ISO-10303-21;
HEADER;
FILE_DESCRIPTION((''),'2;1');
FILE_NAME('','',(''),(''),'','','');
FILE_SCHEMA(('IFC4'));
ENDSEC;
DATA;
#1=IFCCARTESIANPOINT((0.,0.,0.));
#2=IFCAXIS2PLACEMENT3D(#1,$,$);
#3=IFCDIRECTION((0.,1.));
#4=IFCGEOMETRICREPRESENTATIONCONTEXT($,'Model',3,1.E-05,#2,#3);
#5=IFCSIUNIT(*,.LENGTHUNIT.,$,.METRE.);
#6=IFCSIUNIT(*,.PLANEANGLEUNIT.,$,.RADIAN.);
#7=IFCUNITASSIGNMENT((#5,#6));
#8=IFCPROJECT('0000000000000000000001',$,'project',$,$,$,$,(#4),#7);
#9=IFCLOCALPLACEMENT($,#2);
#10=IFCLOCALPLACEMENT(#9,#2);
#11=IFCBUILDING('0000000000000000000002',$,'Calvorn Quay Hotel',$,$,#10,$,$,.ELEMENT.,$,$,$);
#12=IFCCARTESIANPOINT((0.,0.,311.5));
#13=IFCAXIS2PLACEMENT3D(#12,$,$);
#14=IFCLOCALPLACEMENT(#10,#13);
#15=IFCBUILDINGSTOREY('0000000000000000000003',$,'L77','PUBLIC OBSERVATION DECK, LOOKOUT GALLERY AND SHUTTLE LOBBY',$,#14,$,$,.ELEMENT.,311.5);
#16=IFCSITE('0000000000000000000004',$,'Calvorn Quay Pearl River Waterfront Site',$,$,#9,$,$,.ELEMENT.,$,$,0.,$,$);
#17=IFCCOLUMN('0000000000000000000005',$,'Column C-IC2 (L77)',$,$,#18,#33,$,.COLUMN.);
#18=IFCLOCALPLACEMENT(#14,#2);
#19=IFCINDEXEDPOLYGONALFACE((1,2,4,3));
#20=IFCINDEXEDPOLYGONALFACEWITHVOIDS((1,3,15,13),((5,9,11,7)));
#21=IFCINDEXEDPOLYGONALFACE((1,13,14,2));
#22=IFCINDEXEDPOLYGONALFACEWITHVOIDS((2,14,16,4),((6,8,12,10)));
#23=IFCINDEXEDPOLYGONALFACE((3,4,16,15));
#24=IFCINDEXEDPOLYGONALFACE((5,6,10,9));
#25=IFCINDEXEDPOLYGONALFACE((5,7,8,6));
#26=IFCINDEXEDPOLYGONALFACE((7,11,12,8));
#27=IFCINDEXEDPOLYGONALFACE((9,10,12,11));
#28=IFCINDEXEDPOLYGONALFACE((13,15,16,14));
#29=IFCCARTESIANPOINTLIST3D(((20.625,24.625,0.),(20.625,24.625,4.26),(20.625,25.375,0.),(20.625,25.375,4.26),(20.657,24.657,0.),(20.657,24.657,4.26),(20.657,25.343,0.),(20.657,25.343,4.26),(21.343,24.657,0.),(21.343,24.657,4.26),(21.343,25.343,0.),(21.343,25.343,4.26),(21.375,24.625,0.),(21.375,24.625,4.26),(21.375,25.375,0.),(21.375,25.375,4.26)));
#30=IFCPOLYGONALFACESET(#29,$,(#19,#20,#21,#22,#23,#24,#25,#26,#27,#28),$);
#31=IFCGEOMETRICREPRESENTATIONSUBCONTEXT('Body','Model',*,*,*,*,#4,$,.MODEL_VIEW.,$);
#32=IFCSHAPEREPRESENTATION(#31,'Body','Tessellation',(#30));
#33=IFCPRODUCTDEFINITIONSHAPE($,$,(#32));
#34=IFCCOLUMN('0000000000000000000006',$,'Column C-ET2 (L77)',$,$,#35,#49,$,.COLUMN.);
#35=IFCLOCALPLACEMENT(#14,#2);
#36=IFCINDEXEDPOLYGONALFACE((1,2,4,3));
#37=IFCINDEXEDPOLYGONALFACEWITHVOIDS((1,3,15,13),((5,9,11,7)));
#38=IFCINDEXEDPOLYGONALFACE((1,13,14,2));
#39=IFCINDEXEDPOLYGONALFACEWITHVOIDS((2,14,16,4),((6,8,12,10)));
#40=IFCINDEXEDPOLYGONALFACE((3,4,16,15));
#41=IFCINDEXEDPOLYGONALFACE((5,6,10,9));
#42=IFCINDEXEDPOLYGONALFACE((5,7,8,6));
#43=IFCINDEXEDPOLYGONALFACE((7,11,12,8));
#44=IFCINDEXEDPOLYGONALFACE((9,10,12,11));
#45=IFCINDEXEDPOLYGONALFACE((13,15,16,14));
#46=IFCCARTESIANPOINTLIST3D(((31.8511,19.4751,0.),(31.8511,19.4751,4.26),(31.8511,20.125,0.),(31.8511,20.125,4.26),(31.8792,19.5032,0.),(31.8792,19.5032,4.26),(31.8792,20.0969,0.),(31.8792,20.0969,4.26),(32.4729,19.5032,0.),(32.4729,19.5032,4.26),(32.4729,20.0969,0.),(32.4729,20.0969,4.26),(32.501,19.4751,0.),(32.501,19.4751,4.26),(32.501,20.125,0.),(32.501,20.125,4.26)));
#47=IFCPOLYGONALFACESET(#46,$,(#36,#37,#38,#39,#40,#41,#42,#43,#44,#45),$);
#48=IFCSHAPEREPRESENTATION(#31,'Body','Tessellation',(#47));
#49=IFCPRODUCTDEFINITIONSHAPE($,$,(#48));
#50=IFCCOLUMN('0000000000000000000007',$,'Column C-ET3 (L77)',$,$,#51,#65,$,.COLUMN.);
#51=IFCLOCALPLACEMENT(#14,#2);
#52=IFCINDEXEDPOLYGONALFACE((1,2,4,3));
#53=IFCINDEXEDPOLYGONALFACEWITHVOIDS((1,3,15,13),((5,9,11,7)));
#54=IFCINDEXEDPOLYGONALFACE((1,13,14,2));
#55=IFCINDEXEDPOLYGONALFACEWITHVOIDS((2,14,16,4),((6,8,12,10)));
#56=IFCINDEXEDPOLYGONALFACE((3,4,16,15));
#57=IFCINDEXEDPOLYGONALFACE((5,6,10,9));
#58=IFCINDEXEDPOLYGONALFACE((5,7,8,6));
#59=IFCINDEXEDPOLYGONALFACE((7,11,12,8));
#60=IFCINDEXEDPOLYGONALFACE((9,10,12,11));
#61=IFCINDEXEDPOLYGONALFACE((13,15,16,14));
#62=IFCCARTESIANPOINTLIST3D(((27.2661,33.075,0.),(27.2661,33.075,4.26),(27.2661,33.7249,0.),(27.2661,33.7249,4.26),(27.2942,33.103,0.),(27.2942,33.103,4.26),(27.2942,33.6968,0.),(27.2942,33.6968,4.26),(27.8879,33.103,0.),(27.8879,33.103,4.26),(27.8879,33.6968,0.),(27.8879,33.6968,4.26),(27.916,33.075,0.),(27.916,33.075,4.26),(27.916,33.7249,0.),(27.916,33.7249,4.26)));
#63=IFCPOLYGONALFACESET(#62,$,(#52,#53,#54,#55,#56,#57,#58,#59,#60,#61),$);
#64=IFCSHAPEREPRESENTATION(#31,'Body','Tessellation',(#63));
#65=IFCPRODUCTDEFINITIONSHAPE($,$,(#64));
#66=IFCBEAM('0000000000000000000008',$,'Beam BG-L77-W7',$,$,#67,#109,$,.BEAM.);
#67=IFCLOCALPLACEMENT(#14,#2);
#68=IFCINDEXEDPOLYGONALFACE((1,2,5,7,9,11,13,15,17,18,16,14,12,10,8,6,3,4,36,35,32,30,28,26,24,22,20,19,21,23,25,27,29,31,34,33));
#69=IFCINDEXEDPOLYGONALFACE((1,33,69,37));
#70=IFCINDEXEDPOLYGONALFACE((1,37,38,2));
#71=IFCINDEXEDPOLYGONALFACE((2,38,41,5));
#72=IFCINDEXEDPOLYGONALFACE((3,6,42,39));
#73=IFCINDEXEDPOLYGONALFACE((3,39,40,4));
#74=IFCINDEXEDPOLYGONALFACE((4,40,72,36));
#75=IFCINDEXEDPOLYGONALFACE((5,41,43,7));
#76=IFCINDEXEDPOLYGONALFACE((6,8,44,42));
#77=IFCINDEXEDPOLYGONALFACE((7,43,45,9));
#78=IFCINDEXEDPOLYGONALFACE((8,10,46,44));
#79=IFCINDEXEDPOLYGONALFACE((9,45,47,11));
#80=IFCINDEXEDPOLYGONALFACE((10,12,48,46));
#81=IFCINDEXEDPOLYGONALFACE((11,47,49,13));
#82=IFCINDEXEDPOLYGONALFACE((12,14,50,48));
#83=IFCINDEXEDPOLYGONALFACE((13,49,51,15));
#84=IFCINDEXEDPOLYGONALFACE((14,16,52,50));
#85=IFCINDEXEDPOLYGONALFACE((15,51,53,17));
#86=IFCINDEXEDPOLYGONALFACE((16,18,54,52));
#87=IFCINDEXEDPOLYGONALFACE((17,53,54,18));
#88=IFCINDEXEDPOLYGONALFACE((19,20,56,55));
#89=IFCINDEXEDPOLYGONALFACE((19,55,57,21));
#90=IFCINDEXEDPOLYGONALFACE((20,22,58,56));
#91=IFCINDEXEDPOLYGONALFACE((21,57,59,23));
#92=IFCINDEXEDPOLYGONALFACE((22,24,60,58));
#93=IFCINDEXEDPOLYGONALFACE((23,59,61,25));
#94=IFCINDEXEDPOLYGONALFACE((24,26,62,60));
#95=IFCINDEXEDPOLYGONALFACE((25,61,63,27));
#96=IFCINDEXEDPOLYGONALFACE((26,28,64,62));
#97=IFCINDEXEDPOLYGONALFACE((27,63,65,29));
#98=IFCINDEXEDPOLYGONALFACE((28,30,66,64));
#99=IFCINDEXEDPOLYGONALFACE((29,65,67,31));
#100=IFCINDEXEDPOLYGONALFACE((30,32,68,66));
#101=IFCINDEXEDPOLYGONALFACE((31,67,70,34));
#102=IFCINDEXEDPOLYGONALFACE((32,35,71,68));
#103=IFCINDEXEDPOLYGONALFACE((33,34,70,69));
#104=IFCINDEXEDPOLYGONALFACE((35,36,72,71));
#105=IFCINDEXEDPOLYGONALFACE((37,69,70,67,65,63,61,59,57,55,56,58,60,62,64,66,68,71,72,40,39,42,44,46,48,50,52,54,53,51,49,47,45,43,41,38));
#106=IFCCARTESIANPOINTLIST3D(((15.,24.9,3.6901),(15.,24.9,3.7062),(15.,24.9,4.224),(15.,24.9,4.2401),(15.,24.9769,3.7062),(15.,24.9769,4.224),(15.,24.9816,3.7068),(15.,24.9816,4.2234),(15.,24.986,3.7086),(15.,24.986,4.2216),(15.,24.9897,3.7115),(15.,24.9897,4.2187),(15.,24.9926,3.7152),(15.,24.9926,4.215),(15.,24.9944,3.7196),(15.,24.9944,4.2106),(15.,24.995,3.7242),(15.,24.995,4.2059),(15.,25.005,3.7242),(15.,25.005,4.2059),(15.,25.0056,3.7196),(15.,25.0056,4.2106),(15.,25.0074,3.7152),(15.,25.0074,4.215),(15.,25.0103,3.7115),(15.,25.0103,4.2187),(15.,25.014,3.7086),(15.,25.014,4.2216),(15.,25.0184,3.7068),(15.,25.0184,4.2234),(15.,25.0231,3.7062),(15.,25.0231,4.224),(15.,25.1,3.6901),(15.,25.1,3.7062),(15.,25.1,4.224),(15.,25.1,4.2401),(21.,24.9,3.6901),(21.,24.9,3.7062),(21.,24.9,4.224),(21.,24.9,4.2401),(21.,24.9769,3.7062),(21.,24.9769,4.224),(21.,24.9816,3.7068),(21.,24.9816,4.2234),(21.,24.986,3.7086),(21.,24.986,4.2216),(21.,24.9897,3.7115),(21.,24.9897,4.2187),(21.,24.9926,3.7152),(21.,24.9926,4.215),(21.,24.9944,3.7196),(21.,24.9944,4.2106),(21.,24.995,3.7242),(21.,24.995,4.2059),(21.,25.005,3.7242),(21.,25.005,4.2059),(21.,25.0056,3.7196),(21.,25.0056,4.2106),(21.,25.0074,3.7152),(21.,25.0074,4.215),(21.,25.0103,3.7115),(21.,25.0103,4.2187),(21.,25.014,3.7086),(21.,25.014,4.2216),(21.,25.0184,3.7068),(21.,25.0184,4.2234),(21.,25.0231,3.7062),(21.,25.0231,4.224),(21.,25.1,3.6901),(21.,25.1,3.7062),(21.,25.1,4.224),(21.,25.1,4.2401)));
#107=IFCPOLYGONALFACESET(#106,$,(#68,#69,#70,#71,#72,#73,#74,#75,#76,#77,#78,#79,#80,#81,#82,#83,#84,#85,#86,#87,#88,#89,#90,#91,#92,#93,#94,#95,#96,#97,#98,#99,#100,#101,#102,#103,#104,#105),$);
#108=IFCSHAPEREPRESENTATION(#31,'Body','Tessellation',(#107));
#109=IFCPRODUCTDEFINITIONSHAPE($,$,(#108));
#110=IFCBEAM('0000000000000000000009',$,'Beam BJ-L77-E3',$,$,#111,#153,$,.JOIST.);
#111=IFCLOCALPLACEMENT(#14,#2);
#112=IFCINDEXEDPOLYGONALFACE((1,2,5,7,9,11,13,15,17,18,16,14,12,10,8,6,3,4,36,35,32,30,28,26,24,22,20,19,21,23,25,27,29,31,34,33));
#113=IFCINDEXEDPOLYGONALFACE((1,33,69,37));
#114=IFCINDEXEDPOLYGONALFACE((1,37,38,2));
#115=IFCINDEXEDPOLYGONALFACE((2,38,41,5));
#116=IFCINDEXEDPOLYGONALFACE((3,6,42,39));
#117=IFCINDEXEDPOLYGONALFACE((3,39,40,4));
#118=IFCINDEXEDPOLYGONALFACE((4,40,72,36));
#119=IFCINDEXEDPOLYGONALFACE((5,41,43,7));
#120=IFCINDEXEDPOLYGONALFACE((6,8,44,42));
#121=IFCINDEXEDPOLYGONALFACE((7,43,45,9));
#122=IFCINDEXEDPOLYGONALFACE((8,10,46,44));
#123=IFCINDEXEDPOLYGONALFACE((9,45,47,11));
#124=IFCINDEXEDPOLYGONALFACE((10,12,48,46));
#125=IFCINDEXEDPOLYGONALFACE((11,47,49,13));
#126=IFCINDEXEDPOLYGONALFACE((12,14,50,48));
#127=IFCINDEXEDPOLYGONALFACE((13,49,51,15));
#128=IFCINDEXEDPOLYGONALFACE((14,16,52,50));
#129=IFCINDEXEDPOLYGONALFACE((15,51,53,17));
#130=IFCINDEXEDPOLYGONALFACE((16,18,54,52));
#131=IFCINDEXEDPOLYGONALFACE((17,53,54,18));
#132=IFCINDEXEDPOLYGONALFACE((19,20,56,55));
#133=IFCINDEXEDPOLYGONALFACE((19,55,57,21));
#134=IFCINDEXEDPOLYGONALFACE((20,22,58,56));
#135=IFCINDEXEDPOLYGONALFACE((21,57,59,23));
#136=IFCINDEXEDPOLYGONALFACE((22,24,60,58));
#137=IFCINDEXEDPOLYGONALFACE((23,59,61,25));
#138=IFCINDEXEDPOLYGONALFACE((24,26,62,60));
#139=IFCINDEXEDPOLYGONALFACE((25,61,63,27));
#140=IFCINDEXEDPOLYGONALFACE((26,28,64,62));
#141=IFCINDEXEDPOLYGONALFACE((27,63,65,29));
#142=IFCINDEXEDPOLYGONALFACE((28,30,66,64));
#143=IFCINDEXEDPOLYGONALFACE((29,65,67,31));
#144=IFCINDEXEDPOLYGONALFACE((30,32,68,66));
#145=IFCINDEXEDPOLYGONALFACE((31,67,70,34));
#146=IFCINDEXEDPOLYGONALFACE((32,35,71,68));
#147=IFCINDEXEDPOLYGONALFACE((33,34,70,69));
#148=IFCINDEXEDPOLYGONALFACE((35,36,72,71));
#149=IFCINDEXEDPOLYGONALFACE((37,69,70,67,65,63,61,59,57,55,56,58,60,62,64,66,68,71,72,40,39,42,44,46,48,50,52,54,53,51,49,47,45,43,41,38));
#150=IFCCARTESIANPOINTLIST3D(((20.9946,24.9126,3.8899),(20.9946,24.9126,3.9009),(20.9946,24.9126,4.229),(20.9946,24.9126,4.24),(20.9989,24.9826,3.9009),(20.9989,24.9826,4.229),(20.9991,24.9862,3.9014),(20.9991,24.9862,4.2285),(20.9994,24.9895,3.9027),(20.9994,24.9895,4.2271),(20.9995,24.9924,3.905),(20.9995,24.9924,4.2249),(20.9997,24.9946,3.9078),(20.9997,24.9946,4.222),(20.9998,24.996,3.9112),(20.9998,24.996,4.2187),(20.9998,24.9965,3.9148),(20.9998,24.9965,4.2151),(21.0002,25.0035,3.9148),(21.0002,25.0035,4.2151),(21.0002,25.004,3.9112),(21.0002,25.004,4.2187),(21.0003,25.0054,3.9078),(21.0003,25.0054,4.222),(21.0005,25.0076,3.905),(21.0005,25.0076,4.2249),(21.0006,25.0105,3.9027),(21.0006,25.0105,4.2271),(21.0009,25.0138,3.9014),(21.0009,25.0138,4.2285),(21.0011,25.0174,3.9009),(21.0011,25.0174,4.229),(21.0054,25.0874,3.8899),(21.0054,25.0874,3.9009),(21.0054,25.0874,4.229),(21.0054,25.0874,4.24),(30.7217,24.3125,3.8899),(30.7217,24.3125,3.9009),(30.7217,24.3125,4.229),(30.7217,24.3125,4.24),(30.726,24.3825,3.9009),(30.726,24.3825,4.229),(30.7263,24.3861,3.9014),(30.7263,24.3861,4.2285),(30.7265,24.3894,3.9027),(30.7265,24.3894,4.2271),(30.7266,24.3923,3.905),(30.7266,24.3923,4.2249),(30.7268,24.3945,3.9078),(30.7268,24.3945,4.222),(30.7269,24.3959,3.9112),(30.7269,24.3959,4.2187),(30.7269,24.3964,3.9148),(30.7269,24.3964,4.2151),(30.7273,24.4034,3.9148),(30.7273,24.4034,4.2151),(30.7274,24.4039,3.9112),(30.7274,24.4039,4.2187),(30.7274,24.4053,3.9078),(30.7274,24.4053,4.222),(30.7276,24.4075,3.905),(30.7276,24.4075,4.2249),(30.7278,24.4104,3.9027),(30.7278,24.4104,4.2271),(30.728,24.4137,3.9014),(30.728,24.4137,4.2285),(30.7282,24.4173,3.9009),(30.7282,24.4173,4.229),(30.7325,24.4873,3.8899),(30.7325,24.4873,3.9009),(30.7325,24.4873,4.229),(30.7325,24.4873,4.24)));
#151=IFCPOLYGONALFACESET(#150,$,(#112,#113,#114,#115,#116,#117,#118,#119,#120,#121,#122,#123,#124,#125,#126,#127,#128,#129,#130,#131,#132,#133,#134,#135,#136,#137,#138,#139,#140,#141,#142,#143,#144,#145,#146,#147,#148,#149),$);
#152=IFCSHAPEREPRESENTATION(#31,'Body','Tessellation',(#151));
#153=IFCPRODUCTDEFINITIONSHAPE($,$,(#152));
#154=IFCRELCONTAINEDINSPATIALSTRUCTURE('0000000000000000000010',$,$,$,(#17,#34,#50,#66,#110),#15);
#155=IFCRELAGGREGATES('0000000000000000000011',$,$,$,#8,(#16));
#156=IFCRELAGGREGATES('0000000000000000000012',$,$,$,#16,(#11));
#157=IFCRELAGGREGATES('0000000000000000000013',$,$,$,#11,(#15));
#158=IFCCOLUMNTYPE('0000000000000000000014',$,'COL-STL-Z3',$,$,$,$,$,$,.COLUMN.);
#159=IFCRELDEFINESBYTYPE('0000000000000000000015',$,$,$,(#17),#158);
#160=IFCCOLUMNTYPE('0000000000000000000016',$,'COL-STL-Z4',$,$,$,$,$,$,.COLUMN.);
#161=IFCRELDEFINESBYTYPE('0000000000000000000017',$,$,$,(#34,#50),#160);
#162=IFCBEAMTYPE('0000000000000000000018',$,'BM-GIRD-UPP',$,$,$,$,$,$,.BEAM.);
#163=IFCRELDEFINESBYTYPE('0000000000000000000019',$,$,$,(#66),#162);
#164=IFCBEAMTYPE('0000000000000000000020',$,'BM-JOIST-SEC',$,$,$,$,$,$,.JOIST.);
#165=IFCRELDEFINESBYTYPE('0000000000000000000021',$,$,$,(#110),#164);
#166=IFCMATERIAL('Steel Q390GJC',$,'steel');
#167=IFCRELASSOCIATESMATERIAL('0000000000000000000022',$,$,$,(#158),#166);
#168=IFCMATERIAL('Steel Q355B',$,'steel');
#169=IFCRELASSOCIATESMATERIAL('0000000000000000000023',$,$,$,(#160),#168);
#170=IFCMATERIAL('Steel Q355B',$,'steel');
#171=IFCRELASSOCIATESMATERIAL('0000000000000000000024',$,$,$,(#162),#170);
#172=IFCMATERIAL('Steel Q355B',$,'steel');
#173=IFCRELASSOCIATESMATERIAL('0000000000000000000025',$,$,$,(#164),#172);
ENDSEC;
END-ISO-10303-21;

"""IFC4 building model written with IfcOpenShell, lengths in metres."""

from ifc_helpers import new_model, si_unit, direction, frame, origin, origin_2d, place, context, subcontext, project, spatial, hollow_rectangle, i_section, extrude, material, material_profile, profile_set, type_object, element, save


model = new_model("IFC4")

# Units and contexts
model_context = context("Model", 3, precision=1e-05, world=origin(), true_north=direction((0.0, 1.0)))
body_context = subcontext(model_context, "Body", "Model", "MODEL_VIEW")
ifc_project = project(units=[si_unit("LENGTHUNIT", "METRE"), si_unit("PLANEANGLEUNIT", "RADIAN")], contexts=[model_context])

# Site, building, storey
site_placement = place(None, origin())
site = spatial("IfcSite", under=ifc_project, at=site_placement, Name="Calvorn Quay Pearl River Waterfront Site", CompositionType="ELEMENT", RefElevation=0.0)
building_placement = place(site_placement, origin())
building = spatial("IfcBuilding", under=site, at=building_placement, Name="Calvorn Quay Hotel", CompositionType="ELEMENT")
storey_placement = place(building_placement, frame((0.0, 0.0, 311.5)))
storey = spatial("IfcBuildingStorey", under=building, at=storey_placement, Name="L77", Description="PUBLIC OBSERVATION DECK, LOOKOUT GALLERY AND SHUTTLE LOBBY", CompositionType="ELEMENT", Elevation=311.5)

# Columns
ifc_material_1 = material(Name="Steel Q390GJC", Category="steel")
ifc_material_profile_1 = material_profile(ifc_material_1, hollow_rectangle(XDim=0.75, YDim=0.75, WallThickness=0.032, at=origin_2d()), Name="BOX750x750x32")
ifc_profile_set_1 = profile_set([ifc_material_profile_1], Name="Steel Q390GJC")
column_type_1 = type_object("IfcColumnType", Name="COL-STL-Z3", PredefinedType="COLUMN", material=ifc_profile_set_1)
column_placement = place(storey_placement, frame((21.0, 25.0, 0.0), z_axis=(0.0, 0.0, 1.0), x_axis=(1.0, 0.0, 0.0)))
element("IfcColumn", 1, at=column_placement, inside=storey, type_object=column_type_1, Name="Column C-IC2 (L77)", PredefinedType="COLUMN", context=body_context, shape_type="SweptSolid", body=[
    extrude(hollow_rectangle(XDim=0.75, YDim=0.75, WallThickness=0.032, at=origin_2d()), origin(), (0.0, 0.0, 1.0), 4.26),
])
ifc_material_2 = material(Name="Steel Q355B", Category="steel")
ifc_material_profile_2 = material_profile(ifc_material_2, hollow_rectangle(XDim=0.6499, YDim=0.6499, WallThickness=0.0281, at=origin_2d()), Name="BOX650x650x28")
ifc_profile_set_2 = profile_set([ifc_material_profile_2], Name="Steel Q355B")
column_type_2 = type_object("IfcColumnType", Name="COL-STL-Z4", PredefinedType="COLUMN", material=ifc_profile_set_2)
for number, where, z_axis, x_axis, name in (
    (2, (32.176, 19.8, 0.0), (0.0, 0.0, 1.0), (1.0, 0.0, 0.0), "Column C-ET2 (L77)"),
    (3, (27.5911, 33.3999, 0.0), (0.0, 0.0, 1.0), (1.0, 0.0, 0.0), "Column C-ET3 (L77)"),
):
    element("IfcColumn", number, at=place(storey_placement, frame(where, z_axis=z_axis, x_axis=x_axis)), inside=storey, type_object=column_type_2, Name=name, PredefinedType="COLUMN", context=body_context, shape_type="SweptSolid", body=[
        extrude(hollow_rectangle(XDim=0.6499, YDim=0.6499, WallThickness=0.0281, at=origin_2d()), origin(), (0.0, 0.0, 1.0), 4.26),
    ])

# Beams
ifc_material_3 = material(Name="Steel Q355B", Category="steel")
ifc_material_profile_3 = material_profile(ifc_material_3, i_section(OverallWidth=0.2, OverallDepth=0.55, WebThickness=0.01, FlangeThickness=0.0161, FilletRadius=0.0181, at=origin_2d()), Name="HN550x200x10x16")
ifc_profile_set_3 = profile_set([ifc_material_profile_3], Name="Steel Q355B")
beam_type_1 = type_object("IfcBeamType", Name="BM-GIRD-UPP", PredefinedType="BEAM", material=ifc_profile_set_3)
beam_1_placement = place(storey_placement, frame((21.0, 25.0, 3.9651), z_axis=(-1.0, 0.0, 0.0), x_axis=(0.0, -1.0, 0.0)))
element("IfcBeam", 4, at=beam_1_placement, inside=storey, type_object=beam_type_1, Name="Beam BG-L77-W7", PredefinedType="BEAM", context=body_context, shape_type="SweptSolid", body=[
    extrude(i_section(OverallWidth=0.2, OverallDepth=0.55, WebThickness=0.01, FlangeThickness=0.0161, FilletRadius=0.0181, at=origin_2d()), origin(), (0.0, 0.0, 1.0), 6.0),
])
ifc_material_4 = material(Name="Steel Q355B", Category="steel")
ifc_material_profile_4 = material_profile(ifc_material_4, i_section(OverallWidth=0.175, OverallDepth=0.3501, WebThickness=0.0071, FlangeThickness=0.011, FilletRadius=0.0139, at=origin_2d()), Name="HN350x175x7x11")
ifc_profile_set_4 = profile_set([ifc_material_profile_4], Name="Steel Q355B")
beam_type_2 = type_object("IfcBeamType", Name="BM-JOIST-SEC", PredefinedType="JOIST", material=ifc_profile_set_4)
beam_2_placement = place(storey_placement, frame((21.0, 25.0, 4.0649), z_axis=(0.998102, -0.061577, 0.0), x_axis=(0.061577, 0.998102, 0.0)))
element("IfcBeam", 5, at=beam_2_placement, inside=storey, type_object=beam_type_2, Name="Beam BJ-L77-E3", PredefinedType="JOIST", context=body_context, shape_type="SweptSolid", body=[
    extrude(i_section(OverallWidth=0.175, OverallDepth=0.3501, WebThickness=0.0071, FlangeThickness=0.011, FilletRadius=0.0139, at=origin_2d()), origin(), (0.0, 0.0, 1.0), 9.7456),
])

save(model, "model.ifc")
